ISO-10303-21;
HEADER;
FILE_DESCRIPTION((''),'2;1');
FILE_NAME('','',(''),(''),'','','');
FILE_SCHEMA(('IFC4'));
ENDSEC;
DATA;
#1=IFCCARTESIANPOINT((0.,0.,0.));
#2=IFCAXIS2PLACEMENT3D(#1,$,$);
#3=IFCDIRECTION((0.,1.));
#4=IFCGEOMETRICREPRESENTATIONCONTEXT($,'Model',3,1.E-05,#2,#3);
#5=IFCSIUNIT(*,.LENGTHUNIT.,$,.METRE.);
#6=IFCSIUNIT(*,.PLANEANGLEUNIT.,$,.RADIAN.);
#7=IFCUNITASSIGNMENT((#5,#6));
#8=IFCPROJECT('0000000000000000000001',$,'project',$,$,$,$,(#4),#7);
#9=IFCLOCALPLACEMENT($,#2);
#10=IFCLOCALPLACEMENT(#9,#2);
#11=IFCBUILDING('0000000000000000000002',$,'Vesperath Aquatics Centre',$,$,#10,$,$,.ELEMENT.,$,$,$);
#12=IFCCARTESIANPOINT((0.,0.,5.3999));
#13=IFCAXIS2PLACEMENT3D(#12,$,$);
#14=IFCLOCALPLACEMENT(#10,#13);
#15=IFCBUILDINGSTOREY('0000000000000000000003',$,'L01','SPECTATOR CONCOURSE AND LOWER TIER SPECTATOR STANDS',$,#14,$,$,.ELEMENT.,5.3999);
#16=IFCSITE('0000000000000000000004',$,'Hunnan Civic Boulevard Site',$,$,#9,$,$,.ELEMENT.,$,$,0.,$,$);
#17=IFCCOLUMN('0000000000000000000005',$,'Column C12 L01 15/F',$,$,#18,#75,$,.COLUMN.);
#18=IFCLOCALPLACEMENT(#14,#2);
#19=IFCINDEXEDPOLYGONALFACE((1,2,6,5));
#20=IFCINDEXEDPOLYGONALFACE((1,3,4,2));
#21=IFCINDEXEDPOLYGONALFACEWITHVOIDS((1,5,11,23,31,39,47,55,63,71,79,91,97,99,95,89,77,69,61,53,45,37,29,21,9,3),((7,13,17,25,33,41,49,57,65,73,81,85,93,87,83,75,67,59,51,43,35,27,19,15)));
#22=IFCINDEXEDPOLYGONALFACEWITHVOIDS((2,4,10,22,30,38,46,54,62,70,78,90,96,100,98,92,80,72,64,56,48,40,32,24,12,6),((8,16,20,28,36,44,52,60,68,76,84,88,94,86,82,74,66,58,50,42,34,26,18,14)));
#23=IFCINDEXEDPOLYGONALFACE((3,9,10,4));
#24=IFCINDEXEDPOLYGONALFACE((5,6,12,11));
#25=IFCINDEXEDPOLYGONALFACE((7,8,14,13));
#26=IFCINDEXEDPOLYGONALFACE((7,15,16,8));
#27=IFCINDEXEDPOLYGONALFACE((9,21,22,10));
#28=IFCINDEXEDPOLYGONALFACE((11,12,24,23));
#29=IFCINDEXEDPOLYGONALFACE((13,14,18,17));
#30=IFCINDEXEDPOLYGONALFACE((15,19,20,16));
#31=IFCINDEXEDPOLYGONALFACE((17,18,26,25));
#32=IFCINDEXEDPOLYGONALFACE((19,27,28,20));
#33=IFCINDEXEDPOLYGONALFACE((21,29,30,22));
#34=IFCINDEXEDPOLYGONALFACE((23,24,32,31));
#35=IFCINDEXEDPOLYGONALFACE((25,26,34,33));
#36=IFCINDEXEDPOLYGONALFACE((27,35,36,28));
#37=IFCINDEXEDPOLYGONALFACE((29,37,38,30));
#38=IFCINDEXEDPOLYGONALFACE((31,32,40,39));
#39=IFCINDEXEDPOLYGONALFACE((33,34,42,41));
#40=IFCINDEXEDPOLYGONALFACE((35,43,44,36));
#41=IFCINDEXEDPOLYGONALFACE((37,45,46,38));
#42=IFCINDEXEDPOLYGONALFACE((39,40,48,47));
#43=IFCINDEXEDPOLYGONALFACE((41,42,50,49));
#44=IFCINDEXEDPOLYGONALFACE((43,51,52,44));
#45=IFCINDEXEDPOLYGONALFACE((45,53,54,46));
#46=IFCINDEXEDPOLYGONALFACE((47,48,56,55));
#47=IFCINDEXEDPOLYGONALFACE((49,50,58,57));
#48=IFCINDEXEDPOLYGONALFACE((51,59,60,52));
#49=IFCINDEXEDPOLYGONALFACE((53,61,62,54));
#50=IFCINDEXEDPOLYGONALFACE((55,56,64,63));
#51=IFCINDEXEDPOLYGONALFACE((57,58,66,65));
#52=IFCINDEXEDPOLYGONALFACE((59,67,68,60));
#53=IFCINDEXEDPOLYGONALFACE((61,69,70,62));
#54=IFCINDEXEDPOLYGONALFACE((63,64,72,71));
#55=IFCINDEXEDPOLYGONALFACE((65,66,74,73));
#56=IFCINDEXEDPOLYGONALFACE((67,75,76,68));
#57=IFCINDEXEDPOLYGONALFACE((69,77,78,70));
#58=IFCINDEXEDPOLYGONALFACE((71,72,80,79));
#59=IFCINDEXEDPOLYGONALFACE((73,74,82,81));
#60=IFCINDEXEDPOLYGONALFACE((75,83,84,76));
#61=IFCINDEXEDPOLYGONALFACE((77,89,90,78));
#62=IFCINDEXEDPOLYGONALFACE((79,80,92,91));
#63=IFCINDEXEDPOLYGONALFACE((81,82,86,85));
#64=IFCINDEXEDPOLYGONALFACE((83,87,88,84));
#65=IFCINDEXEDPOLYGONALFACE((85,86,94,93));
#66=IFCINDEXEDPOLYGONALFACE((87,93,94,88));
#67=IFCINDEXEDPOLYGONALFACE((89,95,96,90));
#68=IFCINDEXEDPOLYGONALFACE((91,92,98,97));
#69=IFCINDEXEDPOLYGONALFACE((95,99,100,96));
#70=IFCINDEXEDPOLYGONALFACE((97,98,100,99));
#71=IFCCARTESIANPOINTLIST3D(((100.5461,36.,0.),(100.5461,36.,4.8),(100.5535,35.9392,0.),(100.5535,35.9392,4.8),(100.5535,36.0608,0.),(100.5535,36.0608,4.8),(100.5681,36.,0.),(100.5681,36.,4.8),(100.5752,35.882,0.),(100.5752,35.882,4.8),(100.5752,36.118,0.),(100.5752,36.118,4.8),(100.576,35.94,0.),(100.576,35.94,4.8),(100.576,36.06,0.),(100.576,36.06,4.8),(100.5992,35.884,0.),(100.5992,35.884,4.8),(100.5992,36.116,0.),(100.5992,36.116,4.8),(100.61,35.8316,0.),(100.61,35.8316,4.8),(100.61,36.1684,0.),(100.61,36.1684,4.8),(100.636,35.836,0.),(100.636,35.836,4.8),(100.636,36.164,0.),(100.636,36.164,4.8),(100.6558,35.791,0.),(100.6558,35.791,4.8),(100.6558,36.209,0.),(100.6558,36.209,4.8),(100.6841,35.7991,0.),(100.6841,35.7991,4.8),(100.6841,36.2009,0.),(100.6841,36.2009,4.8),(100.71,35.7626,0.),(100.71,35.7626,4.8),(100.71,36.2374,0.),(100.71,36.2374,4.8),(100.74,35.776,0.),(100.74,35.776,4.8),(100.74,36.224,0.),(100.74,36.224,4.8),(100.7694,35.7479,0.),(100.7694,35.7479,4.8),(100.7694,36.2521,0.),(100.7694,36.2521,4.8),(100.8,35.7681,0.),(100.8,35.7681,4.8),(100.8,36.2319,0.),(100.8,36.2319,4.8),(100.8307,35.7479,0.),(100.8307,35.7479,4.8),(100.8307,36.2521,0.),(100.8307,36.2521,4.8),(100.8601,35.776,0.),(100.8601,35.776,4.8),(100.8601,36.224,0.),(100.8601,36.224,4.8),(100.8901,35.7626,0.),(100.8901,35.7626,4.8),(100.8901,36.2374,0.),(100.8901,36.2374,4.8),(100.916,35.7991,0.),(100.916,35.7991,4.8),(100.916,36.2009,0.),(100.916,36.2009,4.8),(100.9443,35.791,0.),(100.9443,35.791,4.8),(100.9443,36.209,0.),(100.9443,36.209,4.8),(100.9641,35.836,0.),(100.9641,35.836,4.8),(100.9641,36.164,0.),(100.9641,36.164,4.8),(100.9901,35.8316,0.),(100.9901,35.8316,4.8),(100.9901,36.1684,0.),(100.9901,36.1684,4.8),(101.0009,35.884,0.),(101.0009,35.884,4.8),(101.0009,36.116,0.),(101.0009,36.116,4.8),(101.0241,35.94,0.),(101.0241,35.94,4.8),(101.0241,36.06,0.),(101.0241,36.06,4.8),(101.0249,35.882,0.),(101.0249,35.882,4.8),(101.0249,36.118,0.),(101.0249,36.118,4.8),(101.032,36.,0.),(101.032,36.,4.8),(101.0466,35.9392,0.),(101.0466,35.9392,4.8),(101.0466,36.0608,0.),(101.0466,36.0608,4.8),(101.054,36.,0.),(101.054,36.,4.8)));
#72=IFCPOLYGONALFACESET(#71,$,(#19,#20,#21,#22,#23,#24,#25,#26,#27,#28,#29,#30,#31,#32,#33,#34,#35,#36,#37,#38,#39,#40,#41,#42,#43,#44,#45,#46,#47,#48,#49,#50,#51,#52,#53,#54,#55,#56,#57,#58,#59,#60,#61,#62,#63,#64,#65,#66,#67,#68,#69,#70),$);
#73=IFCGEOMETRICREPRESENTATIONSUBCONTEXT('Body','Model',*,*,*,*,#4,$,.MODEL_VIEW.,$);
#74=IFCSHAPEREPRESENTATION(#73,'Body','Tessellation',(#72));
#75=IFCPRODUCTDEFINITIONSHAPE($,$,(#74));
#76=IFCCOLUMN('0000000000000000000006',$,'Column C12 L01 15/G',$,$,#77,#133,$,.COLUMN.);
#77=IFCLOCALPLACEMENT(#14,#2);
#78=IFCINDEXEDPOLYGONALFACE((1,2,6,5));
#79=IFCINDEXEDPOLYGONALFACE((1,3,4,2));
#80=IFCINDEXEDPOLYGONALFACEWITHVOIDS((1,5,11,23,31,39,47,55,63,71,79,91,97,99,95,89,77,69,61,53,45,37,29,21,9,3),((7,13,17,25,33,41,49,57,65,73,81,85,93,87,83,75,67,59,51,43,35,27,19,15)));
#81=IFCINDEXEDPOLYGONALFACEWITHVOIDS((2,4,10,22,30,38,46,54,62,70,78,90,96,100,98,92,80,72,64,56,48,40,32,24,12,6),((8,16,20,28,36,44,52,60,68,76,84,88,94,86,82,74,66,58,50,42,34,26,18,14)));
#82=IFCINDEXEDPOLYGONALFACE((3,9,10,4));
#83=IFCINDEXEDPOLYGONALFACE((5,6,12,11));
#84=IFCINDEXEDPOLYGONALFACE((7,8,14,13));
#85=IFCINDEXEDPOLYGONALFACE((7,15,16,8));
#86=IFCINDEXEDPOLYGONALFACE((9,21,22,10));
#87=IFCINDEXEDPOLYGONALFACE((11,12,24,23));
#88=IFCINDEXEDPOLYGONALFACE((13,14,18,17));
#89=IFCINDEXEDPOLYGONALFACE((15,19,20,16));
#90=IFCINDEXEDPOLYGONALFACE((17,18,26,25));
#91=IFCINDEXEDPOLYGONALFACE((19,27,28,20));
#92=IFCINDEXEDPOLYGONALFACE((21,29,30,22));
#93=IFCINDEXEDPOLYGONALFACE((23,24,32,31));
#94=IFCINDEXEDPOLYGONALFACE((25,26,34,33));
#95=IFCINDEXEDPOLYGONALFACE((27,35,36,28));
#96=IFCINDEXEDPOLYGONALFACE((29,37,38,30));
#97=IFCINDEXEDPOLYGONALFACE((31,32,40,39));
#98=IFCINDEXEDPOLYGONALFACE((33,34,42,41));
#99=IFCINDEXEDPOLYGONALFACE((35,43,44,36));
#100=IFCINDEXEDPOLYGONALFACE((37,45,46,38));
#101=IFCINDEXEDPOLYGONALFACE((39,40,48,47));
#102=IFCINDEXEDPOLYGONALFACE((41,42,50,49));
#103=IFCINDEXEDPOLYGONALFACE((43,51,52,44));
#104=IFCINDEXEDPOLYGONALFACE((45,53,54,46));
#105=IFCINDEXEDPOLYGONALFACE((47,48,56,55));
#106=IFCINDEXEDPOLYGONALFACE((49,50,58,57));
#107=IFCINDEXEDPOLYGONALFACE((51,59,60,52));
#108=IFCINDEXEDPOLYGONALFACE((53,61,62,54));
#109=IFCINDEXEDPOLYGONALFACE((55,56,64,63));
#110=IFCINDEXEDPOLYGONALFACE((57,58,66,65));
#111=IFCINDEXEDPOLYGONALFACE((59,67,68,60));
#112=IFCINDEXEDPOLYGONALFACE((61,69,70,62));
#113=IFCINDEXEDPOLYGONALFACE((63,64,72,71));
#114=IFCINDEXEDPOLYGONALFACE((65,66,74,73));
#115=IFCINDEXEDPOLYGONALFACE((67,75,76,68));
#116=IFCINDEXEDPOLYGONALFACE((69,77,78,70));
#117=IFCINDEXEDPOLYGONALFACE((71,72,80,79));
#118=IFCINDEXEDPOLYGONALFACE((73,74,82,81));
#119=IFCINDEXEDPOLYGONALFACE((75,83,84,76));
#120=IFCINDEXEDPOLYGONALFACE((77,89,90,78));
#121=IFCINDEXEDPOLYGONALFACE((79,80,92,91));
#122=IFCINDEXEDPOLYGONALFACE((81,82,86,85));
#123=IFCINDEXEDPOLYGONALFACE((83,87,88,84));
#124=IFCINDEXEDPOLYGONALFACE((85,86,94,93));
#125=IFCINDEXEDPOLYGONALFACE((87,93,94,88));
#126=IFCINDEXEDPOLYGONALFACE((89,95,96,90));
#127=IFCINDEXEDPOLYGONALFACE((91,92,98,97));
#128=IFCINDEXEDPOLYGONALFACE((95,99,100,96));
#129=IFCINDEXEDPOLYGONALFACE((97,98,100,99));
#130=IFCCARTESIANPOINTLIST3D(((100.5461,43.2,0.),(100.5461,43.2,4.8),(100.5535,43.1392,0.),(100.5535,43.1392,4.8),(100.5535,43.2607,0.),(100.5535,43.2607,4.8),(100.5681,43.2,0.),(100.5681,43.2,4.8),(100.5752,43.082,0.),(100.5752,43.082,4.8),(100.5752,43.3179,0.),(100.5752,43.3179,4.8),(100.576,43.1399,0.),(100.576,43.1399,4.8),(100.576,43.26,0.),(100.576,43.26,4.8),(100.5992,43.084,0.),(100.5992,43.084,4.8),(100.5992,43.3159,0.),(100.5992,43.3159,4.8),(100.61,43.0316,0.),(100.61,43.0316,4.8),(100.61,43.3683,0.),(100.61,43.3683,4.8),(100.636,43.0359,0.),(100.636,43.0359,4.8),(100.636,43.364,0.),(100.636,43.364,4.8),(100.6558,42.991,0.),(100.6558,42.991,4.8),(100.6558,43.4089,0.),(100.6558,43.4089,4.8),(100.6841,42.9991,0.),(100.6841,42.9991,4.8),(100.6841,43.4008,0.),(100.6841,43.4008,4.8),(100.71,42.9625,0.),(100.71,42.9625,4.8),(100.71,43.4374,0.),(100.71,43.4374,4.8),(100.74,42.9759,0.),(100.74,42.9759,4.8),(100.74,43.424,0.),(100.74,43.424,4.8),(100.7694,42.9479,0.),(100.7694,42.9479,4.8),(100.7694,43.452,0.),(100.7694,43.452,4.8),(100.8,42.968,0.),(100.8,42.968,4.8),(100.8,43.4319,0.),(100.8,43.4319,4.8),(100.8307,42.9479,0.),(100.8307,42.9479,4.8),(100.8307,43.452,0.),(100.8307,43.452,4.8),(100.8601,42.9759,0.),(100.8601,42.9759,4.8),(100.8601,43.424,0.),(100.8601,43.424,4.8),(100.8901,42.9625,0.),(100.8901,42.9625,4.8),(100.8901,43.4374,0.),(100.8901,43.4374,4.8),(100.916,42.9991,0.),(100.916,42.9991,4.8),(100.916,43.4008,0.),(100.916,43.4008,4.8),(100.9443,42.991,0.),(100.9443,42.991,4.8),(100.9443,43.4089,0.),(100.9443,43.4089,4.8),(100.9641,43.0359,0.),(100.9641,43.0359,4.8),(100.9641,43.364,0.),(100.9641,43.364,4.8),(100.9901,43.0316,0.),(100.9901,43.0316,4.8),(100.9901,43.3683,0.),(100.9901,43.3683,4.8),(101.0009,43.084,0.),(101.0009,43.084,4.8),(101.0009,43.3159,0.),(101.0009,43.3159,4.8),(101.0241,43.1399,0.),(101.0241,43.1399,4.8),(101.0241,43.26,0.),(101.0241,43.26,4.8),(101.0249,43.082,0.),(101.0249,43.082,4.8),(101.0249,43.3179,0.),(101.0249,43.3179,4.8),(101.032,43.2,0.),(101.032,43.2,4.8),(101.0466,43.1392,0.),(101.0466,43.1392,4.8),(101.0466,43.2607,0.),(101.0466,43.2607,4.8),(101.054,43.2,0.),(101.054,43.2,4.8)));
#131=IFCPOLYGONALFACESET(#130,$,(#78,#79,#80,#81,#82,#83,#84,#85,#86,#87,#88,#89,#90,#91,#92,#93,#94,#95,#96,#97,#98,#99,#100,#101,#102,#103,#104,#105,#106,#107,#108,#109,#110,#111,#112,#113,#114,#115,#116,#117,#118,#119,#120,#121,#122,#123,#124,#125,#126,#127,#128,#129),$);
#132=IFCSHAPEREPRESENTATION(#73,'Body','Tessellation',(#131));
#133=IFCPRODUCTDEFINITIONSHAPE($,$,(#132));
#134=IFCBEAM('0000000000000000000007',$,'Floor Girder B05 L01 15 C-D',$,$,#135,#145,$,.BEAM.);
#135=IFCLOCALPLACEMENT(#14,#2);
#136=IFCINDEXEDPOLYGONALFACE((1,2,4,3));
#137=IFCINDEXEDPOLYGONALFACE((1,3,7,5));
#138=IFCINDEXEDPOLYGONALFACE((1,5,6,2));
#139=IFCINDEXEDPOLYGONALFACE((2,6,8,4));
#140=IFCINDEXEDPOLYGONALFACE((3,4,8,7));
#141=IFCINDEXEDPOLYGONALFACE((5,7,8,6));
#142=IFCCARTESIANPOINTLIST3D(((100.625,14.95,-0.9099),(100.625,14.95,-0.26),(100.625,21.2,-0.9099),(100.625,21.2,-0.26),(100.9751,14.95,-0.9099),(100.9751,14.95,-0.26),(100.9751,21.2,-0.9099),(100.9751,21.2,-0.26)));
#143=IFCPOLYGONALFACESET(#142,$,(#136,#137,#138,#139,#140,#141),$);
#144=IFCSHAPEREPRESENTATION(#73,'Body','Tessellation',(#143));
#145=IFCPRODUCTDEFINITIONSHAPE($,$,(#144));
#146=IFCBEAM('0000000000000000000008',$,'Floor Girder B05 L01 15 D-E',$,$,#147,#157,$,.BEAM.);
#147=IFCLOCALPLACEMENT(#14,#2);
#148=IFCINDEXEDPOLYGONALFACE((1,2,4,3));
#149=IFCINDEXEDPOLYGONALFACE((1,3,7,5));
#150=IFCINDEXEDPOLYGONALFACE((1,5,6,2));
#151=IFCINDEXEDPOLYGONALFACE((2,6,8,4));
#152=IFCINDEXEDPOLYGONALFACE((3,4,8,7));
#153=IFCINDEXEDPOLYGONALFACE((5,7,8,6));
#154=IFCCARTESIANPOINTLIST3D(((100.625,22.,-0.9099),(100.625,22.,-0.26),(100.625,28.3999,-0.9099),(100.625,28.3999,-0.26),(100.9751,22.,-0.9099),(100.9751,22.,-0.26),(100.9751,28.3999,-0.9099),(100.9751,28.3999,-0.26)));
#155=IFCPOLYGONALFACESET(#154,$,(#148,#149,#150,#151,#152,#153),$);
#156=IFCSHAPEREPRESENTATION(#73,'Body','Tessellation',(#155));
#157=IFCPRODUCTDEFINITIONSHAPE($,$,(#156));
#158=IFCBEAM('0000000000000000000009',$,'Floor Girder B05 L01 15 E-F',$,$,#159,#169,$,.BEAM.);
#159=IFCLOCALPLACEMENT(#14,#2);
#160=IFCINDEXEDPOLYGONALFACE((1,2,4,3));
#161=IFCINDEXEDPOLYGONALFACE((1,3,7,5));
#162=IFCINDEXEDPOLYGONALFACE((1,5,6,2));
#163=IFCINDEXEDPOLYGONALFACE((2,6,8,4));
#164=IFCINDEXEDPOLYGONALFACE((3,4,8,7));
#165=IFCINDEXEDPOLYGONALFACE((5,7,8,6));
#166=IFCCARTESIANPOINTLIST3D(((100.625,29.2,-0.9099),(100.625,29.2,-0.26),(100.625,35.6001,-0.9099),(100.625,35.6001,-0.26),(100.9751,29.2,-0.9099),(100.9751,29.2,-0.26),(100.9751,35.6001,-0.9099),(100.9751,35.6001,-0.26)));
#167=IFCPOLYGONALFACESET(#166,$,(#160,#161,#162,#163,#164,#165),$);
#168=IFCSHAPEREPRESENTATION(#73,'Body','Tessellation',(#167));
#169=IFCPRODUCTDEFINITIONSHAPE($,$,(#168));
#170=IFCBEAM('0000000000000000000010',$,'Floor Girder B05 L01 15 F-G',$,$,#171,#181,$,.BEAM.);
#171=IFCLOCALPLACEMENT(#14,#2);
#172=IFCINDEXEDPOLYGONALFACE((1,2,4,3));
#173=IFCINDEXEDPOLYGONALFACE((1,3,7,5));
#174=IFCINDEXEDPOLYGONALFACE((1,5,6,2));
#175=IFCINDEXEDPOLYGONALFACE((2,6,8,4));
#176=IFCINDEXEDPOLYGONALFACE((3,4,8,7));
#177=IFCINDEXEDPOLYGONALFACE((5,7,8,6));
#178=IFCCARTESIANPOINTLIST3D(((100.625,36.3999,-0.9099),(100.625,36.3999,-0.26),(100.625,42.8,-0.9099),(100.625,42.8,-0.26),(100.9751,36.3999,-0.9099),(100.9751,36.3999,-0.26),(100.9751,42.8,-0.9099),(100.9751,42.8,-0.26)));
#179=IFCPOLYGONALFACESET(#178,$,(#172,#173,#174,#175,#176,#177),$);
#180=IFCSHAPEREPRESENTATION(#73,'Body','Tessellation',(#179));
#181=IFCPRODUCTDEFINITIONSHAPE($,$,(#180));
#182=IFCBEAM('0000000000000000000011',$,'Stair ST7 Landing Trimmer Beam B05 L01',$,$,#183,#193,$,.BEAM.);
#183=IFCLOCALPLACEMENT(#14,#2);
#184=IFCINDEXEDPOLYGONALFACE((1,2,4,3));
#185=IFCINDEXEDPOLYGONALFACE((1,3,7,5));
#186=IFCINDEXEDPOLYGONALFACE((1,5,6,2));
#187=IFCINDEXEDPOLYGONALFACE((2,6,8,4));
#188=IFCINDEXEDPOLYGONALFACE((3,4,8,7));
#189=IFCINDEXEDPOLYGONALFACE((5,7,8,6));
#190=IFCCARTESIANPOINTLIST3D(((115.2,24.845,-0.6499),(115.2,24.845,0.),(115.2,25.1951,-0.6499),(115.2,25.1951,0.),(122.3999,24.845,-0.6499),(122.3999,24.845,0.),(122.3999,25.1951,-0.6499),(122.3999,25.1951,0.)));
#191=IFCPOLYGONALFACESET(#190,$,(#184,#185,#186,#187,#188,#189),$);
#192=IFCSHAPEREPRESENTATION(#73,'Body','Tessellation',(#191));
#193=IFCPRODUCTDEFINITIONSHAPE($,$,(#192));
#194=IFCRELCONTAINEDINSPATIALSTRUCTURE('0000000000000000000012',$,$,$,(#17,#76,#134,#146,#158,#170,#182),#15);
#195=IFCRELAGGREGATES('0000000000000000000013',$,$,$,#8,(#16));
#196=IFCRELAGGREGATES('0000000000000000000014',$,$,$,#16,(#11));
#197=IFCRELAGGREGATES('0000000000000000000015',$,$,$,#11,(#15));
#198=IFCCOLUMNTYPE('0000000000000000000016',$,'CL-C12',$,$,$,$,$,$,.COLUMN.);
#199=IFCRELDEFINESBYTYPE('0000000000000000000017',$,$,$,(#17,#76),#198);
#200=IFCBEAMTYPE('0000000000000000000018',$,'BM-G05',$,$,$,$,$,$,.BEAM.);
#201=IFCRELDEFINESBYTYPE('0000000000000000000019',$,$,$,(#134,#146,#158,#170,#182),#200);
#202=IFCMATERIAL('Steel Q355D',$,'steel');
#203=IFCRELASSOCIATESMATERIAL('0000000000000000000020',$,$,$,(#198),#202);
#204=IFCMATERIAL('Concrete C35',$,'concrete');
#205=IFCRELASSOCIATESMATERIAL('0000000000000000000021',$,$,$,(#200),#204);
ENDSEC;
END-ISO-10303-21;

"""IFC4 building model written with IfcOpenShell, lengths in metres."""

from ifc_helpers import new_model, si_unit, direction, frame, origin, origin_2d, place, context, subcontext, project, spatial, rectangle, hollow_circle, extrude, material, material_profile, profile_set, type_object, element, save


model = new_model("IFC4")

# Units and contexts
model_context = context("Model", 3, precision=1e-05, world=origin(), true_north=direction((0.0, 1.0)))
body_context = subcontext(model_context, "Body", "Model", "MODEL_VIEW")
ifc_project = project(units=[si_unit("LENGTHUNIT", "METRE"), si_unit("PLANEANGLEUNIT", "RADIAN")], contexts=[model_context])

# Site, building, storey
site_placement = place(None, origin())
site = spatial("IfcSite", under=ifc_project, at=site_placement, Name="Hunnan Civic Boulevard Site", CompositionType="ELEMENT", RefElevation=0.0)
building_placement = place(site_placement, origin())
building = spatial("IfcBuilding", under=site, at=building_placement, Name="Vesperath Aquatics Centre", CompositionType="ELEMENT")
storey_placement = place(building_placement, frame((0.0, 0.0, 5.3999)))
storey = spatial("IfcBuildingStorey", under=building, at=storey_placement, Name="L01", Description="SPECTATOR CONCOURSE AND LOWER TIER SPECTATOR STANDS", CompositionType="ELEMENT", Elevation=5.3999)

# Columns
ifc_material_1 = material(Name="Steel Q355D", Category="steel")
ifc_material_profile_1 = material_profile(ifc_material_1, hollow_circle(Radius=0.2539, WallThickness=0.022, at=origin_2d()), Name="CHS 508.0x22")
ifc_profile_set_1 = profile_set([ifc_material_profile_1], Name="Steel Q355D")
column_type_1 = type_object("IfcColumnType", Name="CL-C12", PredefinedType="COLUMN", material=ifc_profile_set_1)
for number, where, z_axis, x_axis, name in (
    (1, (100.8, 36.0, 0.0), (0.0, 0.0, 1.0), (1.0, 0.0, 0.0), "Column C12 L01 15/F"),
    (2, (100.8, 43.2, 0.0), (0.0, 0.0, 1.0), (1.0, 0.0, 0.0), "Column C12 L01 15/G"),
):
    element("IfcColumn", number, at=place(storey_placement, frame(where, z_axis=z_axis, x_axis=x_axis)), inside=storey, type_object=column_type_1, Name=name, PredefinedType="COLUMN", context=body_context, shape_type="SweptSolid", body=[
        extrude(hollow_circle(Radius=0.2539, WallThickness=0.022, at=origin_2d()), origin(), (0.0, 0.0, 1.0), 4.8),
    ])

# Beams
ifc_material_2 = material(Name="Concrete C35", Category="concrete")
ifc_material_profile_2 = material_profile(ifc_material_2, rectangle(XDim=0.3501, YDim=0.6499, at=origin_2d()), Name="RC 350x650")
ifc_profile_set_2 = profile_set([ifc_material_profile_2], Name="Concrete C35")
beam_type_1 = type_object("IfcBeamType", Name="BM-G05", PredefinedType="BEAM", material=ifc_profile_set_2)
beam_1_placement = place(storey_placement, frame((100.8, 14.95, -0.585), z_axis=(0.0, 1.0, 0.0), x_axis=(-1.0, 0.0, 0.0)))
element("IfcBeam", 3, at=beam_1_placement, inside=storey, type_object=beam_type_1, Name="Floor Girder B05 L01 15 C-D", PredefinedType="BEAM", context=body_context, shape_type="SweptSolid", body=[
    extrude(rectangle(XDim=0.3501, YDim=0.6499, at=origin_2d()), origin(), (0.0, 0.0, 1.0), 6.25),
])
beam_2_placement = place(storey_placement, frame((100.8, 22.0, -0.585), z_axis=(0.0, 1.0, 0.0), x_axis=(-1.0, 0.0, 0.0)))
element("IfcBeam", 4, at=beam_2_placement, inside=storey, type_object=beam_type_1, Name="Floor Girder B05 L01 15 D-E", PredefinedType="BEAM", context=body_context, shape_type="SweptSolid", body=[
    extrude(rectangle(XDim=0.3501, YDim=0.6499, at=origin_2d()), origin(), (0.0, 0.0, 1.0), 6.3999),
])
for number, where, z_axis, x_axis, name in (
    (5, (100.8, 29.2, -0.585), (0.0, 1.0, 0.0), (-1.0, 0.0, 0.0), "Floor Girder B05 L01 15 E-F"),
    (6, (100.8, 36.3999, -0.585), (0.0, 1.0, 0.0), (-1.0, 0.0, 0.0), "Floor Girder B05 L01 15 F-G"),
):
    element("IfcBeam", number, at=place(storey_placement, frame(where, z_axis=z_axis, x_axis=x_axis)), inside=storey, type_object=beam_type_1, Name=name, PredefinedType="BEAM", context=body_context, shape_type="SweptSolid", body=[
        extrude(rectangle(XDim=0.3501, YDim=0.6499, at=origin_2d()), origin(), (0.0, 0.0, 1.0), 6.4001),
    ])
beam_3_placement = place(storey_placement, frame((115.2, 25.02, -0.325), z_axis=(1.0, 0.0, 0.0), x_axis=(0.0, 1.0, 0.0)))
element("IfcBeam", 7, at=beam_3_placement, inside=storey, type_object=beam_type_1, Name="Stair ST7 Landing Trimmer Beam B05 L01", PredefinedType="BEAM", context=body_context, shape_type="SweptSolid", body=[
    extrude(rectangle(XDim=0.3501, YDim=0.6499, at=origin_2d()), origin(), (0.0, 0.0, 1.0), 7.2),
])

save(model, "model.ifc")
